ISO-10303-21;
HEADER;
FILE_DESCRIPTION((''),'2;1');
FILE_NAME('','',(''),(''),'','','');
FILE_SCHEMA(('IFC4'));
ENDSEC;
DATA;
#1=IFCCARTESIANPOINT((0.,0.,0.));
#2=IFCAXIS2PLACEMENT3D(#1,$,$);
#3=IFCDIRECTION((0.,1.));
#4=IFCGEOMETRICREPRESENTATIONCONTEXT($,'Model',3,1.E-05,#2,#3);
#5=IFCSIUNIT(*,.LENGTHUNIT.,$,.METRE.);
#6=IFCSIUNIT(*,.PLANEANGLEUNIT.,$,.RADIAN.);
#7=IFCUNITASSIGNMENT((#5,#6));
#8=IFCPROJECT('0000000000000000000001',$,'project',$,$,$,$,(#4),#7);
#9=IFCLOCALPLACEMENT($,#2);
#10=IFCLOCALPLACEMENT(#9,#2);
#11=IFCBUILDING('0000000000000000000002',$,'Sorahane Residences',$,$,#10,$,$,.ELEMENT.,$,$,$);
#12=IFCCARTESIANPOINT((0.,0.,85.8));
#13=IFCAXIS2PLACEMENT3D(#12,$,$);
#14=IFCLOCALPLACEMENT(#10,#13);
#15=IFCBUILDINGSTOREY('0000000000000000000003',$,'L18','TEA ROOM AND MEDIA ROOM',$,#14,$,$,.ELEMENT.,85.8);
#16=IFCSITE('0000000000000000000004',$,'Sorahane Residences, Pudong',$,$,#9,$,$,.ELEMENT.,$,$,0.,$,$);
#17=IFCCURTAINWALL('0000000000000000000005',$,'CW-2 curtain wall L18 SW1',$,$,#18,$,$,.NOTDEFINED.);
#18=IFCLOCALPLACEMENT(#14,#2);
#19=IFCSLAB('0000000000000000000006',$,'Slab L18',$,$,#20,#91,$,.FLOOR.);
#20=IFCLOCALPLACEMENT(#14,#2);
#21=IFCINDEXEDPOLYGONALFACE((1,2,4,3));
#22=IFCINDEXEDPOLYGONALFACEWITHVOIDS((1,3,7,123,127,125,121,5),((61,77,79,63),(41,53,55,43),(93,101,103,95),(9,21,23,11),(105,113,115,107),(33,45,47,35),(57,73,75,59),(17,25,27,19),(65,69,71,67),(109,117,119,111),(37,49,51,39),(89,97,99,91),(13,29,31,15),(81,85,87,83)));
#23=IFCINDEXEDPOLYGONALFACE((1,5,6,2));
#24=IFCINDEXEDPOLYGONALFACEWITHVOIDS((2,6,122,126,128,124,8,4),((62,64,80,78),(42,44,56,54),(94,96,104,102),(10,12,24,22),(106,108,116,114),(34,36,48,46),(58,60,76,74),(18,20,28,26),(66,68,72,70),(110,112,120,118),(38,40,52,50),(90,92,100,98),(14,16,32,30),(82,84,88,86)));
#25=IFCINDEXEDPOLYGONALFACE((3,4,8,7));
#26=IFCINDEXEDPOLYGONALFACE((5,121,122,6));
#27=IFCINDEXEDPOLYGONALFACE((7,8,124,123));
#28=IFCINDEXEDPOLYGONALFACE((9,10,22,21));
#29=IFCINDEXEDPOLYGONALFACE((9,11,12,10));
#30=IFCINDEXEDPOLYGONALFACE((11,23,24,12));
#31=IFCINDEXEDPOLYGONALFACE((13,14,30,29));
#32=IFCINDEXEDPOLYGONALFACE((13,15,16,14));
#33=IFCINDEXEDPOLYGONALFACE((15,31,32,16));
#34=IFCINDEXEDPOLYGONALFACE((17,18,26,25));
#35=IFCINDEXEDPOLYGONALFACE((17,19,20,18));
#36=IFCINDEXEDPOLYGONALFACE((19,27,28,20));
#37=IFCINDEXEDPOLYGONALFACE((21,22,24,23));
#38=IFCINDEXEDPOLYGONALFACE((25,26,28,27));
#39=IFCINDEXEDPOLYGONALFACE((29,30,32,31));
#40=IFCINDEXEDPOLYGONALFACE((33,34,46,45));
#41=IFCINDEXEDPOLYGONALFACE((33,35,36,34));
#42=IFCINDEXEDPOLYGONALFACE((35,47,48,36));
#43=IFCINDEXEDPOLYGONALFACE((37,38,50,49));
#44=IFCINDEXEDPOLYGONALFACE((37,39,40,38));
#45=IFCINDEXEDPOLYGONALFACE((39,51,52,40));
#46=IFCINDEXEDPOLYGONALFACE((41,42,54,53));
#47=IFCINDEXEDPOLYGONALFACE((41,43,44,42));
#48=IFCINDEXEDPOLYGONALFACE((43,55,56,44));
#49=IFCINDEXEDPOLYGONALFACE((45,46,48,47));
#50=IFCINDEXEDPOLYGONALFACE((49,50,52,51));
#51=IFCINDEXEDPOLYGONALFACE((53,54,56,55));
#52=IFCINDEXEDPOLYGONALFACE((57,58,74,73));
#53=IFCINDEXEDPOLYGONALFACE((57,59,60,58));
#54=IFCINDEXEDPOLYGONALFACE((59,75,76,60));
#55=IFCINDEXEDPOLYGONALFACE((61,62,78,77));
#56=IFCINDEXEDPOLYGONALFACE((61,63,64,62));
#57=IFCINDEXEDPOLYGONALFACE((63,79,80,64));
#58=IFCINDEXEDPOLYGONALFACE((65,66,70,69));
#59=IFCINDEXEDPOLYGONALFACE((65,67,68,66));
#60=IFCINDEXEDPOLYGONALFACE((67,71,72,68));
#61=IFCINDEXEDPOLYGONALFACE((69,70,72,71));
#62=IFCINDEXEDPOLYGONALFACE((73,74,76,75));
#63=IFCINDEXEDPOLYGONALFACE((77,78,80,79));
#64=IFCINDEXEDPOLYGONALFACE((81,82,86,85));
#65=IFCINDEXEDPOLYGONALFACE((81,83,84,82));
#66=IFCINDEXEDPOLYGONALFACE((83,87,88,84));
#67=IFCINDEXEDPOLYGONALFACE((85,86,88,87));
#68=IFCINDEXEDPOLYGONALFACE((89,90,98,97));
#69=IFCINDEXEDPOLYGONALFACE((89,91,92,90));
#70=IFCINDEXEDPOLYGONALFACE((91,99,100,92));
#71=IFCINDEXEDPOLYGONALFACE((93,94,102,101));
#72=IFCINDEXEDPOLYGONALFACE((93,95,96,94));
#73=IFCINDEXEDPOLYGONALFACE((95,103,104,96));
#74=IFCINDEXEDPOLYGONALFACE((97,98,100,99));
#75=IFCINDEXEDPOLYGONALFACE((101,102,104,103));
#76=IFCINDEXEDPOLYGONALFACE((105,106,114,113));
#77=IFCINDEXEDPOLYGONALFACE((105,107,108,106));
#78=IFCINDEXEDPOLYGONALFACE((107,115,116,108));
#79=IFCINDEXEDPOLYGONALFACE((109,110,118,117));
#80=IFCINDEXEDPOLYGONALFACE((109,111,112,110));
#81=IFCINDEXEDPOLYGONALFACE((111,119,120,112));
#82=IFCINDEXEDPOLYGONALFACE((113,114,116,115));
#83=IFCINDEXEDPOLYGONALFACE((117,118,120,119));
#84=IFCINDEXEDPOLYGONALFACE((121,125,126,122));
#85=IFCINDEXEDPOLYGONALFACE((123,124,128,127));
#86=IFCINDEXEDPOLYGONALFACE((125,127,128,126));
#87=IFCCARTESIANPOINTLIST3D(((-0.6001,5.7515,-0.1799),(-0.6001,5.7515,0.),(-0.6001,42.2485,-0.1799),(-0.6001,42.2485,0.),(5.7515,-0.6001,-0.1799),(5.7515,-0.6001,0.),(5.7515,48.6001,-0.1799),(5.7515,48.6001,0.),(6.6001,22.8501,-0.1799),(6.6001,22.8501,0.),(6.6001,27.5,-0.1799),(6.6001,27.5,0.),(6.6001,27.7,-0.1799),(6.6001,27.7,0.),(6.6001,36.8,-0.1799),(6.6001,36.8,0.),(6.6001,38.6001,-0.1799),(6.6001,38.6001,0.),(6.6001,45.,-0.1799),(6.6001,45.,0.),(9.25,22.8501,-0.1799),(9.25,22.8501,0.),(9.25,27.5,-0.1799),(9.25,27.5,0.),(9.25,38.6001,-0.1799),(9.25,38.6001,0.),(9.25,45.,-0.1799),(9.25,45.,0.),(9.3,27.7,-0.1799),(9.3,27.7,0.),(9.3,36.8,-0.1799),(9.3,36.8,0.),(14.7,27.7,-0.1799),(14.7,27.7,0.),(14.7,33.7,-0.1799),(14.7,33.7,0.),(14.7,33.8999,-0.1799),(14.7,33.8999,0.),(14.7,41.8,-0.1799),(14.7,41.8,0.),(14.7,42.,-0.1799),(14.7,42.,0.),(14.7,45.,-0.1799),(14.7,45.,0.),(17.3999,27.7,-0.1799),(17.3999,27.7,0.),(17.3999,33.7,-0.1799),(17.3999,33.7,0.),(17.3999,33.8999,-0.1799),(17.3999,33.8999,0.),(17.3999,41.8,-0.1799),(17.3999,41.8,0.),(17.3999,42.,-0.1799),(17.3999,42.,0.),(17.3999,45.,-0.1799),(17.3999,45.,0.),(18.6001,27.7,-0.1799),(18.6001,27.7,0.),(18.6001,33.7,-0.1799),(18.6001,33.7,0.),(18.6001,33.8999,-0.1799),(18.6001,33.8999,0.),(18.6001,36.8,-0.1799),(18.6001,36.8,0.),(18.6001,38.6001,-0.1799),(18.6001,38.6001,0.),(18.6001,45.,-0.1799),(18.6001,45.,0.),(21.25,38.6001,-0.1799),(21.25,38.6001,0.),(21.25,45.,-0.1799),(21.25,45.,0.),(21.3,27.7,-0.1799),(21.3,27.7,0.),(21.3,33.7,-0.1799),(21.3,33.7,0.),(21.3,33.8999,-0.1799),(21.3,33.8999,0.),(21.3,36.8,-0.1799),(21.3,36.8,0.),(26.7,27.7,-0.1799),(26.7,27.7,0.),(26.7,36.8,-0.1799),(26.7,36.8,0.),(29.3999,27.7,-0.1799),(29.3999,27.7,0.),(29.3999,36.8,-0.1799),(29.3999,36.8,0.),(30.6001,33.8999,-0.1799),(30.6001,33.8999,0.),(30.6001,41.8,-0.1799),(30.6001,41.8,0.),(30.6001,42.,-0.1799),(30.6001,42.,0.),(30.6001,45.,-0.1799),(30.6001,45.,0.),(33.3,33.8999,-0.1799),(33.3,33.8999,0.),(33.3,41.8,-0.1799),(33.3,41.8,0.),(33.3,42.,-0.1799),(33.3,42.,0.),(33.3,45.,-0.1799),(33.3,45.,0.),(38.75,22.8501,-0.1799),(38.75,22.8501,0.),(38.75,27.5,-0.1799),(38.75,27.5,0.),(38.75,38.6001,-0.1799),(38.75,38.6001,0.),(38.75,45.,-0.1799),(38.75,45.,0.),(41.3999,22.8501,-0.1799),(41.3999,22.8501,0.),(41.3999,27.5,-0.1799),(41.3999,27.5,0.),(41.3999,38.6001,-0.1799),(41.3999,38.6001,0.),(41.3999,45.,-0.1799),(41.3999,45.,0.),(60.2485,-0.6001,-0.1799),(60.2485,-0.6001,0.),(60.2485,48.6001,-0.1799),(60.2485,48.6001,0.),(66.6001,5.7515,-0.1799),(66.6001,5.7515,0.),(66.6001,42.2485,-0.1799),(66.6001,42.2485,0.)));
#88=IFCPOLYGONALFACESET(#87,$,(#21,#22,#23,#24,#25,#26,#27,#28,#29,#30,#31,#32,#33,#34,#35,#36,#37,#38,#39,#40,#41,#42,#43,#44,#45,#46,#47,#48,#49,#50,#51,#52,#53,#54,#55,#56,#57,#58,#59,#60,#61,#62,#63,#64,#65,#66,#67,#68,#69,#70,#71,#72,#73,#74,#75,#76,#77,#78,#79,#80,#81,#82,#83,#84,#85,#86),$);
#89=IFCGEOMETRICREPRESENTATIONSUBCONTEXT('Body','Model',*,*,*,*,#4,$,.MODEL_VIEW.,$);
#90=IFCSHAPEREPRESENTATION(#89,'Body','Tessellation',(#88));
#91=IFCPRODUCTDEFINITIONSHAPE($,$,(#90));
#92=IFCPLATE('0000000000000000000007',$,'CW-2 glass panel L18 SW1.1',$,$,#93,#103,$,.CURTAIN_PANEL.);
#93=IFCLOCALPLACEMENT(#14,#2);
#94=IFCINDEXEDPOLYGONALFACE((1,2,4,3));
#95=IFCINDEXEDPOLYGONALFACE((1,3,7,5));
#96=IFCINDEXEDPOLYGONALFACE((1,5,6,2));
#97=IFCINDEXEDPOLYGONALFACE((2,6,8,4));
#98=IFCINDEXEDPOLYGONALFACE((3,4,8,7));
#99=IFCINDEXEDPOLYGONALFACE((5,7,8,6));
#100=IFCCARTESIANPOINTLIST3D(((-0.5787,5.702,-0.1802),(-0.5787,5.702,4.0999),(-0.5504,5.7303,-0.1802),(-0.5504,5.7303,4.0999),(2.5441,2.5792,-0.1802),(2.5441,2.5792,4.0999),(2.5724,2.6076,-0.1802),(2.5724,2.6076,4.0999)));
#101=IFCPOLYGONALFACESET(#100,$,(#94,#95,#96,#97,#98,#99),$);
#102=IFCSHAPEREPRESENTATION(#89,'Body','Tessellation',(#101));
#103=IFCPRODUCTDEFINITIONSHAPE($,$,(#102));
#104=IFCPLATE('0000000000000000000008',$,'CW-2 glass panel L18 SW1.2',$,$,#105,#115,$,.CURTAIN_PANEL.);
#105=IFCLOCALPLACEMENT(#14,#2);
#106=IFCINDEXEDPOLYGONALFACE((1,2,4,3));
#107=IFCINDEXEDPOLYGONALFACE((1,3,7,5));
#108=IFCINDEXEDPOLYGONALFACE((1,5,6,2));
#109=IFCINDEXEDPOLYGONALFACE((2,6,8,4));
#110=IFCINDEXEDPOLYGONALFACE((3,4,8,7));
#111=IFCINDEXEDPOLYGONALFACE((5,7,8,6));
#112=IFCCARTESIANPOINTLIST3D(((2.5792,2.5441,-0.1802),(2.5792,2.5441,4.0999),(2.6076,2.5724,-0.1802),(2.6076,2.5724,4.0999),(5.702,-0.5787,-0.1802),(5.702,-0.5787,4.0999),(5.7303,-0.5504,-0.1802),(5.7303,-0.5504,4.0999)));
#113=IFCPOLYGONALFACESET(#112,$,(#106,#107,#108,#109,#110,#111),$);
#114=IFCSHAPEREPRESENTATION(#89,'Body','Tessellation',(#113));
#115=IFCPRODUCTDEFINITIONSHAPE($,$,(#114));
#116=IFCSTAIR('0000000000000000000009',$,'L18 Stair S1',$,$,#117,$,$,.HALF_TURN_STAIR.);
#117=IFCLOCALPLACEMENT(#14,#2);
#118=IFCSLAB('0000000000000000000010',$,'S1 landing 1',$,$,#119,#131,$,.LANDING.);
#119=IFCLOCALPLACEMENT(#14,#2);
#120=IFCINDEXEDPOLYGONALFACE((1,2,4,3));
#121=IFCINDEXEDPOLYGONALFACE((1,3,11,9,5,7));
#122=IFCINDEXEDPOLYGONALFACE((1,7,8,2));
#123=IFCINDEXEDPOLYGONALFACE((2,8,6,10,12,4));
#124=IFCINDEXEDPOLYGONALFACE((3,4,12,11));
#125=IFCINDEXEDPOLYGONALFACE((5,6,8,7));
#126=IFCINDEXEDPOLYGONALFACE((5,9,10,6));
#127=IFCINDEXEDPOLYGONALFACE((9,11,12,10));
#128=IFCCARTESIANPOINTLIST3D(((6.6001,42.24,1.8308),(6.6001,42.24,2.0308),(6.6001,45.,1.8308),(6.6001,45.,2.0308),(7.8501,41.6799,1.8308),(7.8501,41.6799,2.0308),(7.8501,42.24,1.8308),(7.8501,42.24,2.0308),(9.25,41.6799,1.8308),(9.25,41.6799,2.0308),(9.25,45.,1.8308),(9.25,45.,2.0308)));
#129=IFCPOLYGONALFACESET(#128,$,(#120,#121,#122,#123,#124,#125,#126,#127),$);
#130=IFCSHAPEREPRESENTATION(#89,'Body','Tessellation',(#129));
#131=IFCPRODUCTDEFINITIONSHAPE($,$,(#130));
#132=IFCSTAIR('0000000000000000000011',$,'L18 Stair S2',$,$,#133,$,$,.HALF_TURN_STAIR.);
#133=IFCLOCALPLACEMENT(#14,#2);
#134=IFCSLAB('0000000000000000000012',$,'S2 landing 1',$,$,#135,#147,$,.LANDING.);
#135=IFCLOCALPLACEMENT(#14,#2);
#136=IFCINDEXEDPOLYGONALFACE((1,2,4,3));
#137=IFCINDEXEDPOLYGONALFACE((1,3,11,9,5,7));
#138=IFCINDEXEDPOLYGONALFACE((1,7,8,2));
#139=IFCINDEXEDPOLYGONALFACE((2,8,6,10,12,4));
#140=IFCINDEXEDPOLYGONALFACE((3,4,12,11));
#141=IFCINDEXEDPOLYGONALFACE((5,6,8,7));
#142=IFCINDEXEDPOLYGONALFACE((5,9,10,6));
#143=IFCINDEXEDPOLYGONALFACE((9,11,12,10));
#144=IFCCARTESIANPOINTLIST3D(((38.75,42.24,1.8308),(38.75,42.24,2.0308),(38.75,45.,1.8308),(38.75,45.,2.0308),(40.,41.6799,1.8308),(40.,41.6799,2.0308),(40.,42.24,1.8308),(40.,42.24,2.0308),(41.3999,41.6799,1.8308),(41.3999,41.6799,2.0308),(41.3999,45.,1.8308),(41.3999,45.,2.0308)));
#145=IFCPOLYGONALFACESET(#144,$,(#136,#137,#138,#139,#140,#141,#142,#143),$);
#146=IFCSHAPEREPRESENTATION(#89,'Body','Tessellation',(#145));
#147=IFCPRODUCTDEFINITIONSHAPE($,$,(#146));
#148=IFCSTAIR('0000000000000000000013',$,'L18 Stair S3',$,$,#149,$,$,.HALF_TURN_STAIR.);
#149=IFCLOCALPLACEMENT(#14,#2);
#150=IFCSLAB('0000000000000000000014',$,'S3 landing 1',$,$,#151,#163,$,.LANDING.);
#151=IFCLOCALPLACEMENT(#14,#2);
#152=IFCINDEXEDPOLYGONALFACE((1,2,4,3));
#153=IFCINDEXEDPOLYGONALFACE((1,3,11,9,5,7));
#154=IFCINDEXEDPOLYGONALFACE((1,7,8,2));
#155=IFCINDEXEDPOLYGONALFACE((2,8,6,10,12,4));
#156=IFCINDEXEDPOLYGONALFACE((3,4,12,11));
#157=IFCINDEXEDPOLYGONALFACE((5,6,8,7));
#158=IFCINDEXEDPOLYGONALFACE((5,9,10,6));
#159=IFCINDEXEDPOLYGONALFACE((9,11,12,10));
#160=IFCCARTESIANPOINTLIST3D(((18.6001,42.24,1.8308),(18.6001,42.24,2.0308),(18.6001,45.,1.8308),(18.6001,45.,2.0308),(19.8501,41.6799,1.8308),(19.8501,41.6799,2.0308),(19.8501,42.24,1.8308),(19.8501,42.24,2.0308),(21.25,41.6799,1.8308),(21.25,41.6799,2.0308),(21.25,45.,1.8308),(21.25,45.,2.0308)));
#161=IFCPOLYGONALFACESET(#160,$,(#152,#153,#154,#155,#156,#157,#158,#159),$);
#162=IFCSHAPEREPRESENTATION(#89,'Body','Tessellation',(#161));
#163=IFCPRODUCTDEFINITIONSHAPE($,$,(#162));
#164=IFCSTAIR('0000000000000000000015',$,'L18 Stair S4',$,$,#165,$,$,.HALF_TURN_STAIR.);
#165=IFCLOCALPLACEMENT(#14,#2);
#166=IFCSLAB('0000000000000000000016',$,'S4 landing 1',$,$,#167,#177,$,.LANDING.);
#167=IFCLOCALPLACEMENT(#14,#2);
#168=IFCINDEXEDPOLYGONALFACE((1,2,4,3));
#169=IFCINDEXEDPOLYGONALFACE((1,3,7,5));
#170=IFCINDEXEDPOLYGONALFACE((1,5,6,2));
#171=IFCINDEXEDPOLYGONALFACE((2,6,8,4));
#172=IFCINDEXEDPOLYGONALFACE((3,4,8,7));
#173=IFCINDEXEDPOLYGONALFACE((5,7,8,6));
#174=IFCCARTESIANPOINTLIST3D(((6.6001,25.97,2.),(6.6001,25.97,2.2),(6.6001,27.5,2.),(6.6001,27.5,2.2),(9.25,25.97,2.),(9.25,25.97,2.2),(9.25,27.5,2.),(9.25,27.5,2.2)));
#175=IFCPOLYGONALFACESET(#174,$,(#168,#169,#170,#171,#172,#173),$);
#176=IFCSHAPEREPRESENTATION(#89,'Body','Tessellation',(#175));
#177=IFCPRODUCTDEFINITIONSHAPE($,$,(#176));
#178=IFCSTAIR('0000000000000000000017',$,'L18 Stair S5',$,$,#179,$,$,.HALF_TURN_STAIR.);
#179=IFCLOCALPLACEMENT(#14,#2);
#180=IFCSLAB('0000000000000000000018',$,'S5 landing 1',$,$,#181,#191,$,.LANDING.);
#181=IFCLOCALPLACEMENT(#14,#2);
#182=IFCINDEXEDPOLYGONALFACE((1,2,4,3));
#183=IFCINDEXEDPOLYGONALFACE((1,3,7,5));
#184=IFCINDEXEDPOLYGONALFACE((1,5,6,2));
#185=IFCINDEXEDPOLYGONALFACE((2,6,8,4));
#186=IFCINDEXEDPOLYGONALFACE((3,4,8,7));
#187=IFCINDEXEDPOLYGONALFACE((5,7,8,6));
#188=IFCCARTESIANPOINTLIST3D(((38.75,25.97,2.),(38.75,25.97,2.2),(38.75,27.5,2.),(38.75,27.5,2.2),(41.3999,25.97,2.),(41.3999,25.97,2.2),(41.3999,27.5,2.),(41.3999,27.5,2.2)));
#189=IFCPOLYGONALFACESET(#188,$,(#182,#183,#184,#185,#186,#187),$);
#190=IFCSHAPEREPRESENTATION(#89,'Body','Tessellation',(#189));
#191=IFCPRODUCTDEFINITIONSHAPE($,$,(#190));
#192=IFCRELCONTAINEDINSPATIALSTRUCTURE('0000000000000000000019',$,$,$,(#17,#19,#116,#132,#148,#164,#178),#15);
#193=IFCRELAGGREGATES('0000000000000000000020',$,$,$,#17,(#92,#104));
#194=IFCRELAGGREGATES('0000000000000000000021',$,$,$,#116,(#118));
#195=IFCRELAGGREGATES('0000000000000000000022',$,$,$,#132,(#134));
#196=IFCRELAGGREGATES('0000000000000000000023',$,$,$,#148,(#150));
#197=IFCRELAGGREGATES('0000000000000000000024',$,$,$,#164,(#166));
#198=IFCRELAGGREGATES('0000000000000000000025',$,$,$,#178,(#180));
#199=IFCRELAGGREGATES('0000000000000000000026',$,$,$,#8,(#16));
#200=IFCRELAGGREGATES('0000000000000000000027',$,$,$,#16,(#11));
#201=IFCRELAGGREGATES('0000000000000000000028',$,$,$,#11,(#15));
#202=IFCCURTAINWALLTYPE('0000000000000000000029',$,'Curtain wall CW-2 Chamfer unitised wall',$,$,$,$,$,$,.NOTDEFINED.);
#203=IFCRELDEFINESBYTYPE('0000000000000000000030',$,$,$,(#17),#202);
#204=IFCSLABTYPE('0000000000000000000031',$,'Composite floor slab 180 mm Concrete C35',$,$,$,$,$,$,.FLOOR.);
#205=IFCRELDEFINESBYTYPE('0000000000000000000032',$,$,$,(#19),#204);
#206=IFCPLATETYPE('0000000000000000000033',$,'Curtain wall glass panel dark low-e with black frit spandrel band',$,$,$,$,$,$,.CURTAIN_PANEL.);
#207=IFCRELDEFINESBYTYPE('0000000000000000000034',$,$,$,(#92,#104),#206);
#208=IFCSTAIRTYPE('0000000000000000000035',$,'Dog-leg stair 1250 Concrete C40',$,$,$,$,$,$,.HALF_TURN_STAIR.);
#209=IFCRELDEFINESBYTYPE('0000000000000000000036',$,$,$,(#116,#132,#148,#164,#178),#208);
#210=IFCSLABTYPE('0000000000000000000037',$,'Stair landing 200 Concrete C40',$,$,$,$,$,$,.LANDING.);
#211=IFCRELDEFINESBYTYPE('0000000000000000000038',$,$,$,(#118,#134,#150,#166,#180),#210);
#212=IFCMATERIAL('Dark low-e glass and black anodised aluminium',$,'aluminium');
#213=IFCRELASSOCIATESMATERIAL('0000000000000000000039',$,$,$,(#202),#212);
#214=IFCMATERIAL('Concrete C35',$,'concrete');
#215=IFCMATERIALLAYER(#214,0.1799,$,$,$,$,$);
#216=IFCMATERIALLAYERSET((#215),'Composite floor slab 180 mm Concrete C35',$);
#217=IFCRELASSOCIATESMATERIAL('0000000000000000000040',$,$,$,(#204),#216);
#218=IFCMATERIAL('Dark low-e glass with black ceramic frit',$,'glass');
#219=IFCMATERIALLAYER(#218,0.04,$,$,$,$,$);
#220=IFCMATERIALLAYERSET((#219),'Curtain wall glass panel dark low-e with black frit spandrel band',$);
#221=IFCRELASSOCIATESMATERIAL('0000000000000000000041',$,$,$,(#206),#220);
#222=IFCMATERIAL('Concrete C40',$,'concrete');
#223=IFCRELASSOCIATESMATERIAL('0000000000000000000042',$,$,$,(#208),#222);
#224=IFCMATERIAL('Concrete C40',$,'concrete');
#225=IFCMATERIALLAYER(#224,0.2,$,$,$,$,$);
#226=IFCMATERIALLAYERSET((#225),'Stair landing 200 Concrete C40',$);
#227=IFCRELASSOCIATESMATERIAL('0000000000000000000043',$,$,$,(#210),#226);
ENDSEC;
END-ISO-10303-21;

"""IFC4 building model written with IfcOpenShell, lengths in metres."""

from ifc_helpers import new_model, si_unit, direction, frame, origin, origin_2d, place, context, subcontext, project, spatial, polyline, rectangle, outline, extrude, material, layer, layer_set, type_object, element, aggregate, save


model = new_model("IFC4")

# Units and contexts
model_context = context("Model", 3, precision=1e-05, world=origin(), true_north=direction((0.0, 1.0)))
body_context = subcontext(model_context, "Body", "Model", "MODEL_VIEW")
ifc_project = project(units=[si_unit("LENGTHUNIT", "METRE"), si_unit("PLANEANGLEUNIT", "RADIAN")], contexts=[model_context])

# Site, building, storey
site_placement = place(None, origin())
site = spatial("IfcSite", under=ifc_project, at=site_placement, Name="Sorahane Residences, Pudong", CompositionType="ELEMENT", RefElevation=0.0)
building_placement = place(site_placement, origin())
building = spatial("IfcBuilding", under=site, at=building_placement, Name="Sorahane Residences", CompositionType="ELEMENT")
storey_placement = place(building_placement, frame((0.0, 0.0, 85.8)))
storey = spatial("IfcBuildingStorey", under=building, at=storey_placement, Name="L18", Description="TEA ROOM AND MEDIA ROOM", CompositionType="ELEMENT", Elevation=85.8)

# Curtain wall
ifc_material_1 = material(Name="Dark low-e glass and black anodised aluminium", Category="aluminium")
curtain_wall_type_1 = type_object("IfcCurtainWallType", Name="Curtain wall CW-2 Chamfer unitised wall", PredefinedType="NOTDEFINED", material=ifc_material_1)
curtain_wall_1_placement = place(storey_placement, origin())
curtain_wall_1 = element("IfcCurtainWall", 1, at=curtain_wall_1_placement, inside=storey, type_object=curtain_wall_type_1, Name="CW-2 curtain wall L18 SW1", PredefinedType="NOTDEFINED")

# Slab
ifc_material_2 = material(Name="Concrete C35", Category="concrete")
ifc_layer_1 = layer(ifc_material_2, 0.1799)
ifc_layer_set_1 = layer_set([ifc_layer_1], Name="Composite floor slab 180 mm Concrete C35")
slab_type_1 = type_object("IfcSlabType", Name="Composite floor slab 180 mm Concrete C35", PredefinedType="FLOOR", material=ifc_layer_set_1)
slab_1_placement = place(storey_placement, frame((0.0, 0.0, -0.1799)))
element("IfcSlab", 2, at=slab_1_placement, inside=storey, type_object=slab_type_1, Name="Slab L18", PredefinedType="FLOOR", context=body_context, shape_type="SweptSolid", body=[
    extrude(outline(polyline([(5.7515, -0.6001), (-0.6001, 5.7515), (-0.6001, 42.2485), (5.7515, 48.6001), (60.2485, 48.6001), (66.6001, 42.2485), (66.6001, 5.7515), (60.2485, -0.6001), (5.7515, -0.6001)]), holes=[polyline([(18.6001, 27.7), (21.3, 27.7), (21.3, 33.7), (18.6001, 33.7), (18.6001, 27.7)]), polyline([(30.6001, 42.0), (33.3, 42.0), (33.3, 45.0), (30.6001, 45.0), (30.6001, 42.0)]), polyline([(14.7, 27.7), (17.3999, 27.7), (17.3999, 33.7), (14.7, 33.7), (14.7, 27.7)]), polyline([(14.7, 42.0), (17.3999, 42.0), (17.3999, 45.0), (14.7, 45.0), (14.7, 42.0)]), polyline([(6.6001, 27.7), (9.3, 27.7), (9.3, 36.8), (6.6001, 36.8), (6.6001, 27.7)]), polyline([(9.25, 38.6001), (9.25, 45.0), (6.6001, 45.0), (6.6001, 38.6001), (9.25, 38.6001)]), polyline([(41.3999, 38.6001), (41.3999, 45.0), (38.75, 45.0), (38.75, 38.6001), (41.3999, 38.6001)]), polyline([(21.25, 38.6001), (21.25, 45.0), (18.6001, 45.0), (18.6001, 38.6001), (21.25, 38.6001)]), polyline([(9.25, 22.8501), (9.25, 27.5), (6.6001, 27.5), (6.6001, 22.8501), (9.25, 22.8501)]), polyline([(41.3999, 22.8501), (41.3999, 27.5), (38.75, 27.5), (38.75, 22.8501), (41.3999, 22.8501)]), polyline([(14.7, 33.8999), (17.3999, 33.8999), (17.3999, 41.8), (14.7, 41.8), (14.7, 33.8999)]), polyline([(30.6001, 33.8999), (33.3, 33.8999), (33.3, 41.8), (30.6001, 41.8), (30.6001, 33.8999)]), polyline([(18.6001, 33.8999), (21.3, 33.8999), (21.3, 36.8), (18.6001, 36.8), (18.6001, 33.8999)]), polyline([(26.7, 27.7), (29.3999, 27.7), (29.3999, 36.8), (26.7, 36.8), (26.7, 27.7)])]), origin(), (0.0, 0.0, 1.0), 0.1799),
])

# Plates
ifc_material_3 = material(Name="Dark low-e glass with black ceramic frit", Category="glass")
ifc_layer_2 = layer(ifc_material_3, 0.04)
ifc_layer_set_2 = layer_set([ifc_layer_2], Name="Curtain wall glass panel dark low-e with black frit spandrel band")
plate_type = type_object("IfcPlateType", Name="Curtain wall glass panel dark low-e with black frit spandrel band", PredefinedType="CURTAIN_PANEL", material=ifc_layer_set_2)
plate_1_placement = place(storey_placement, frame((0.9968, 4.1548, -0.1802), z_axis=(0.0, 0.0, 1.0), x_axis=(0.707107, -0.707107, 0.0)))
plate_1 = element("IfcPlate", 3, at=plate_1_placement, type_object=plate_type, Name="CW-2 glass panel L18 SW1.1", PredefinedType="CURTAIN_PANEL", context=body_context, shape_type="SweptSolid", body=[
    extrude(rectangle(XDim=4.4163, YDim=0.04, at=origin_2d()), origin(), (0.0, 0.0, 1.0), 4.28),
])
plate_2_placement = place(storey_placement, frame((4.1548, 0.9968, -0.1802), z_axis=(0.0, 0.0, 1.0), x_axis=(0.707107, -0.707107, 0.0)))
plate_2 = element("IfcPlate", 4, at=plate_2_placement, type_object=plate_type, Name="CW-2 glass panel L18 SW1.2", PredefinedType="CURTAIN_PANEL", context=body_context, shape_type="SweptSolid", body=[
    extrude(rectangle(XDim=4.4163, YDim=0.04, at=origin_2d()), origin(), (0.0, 0.0, 1.0), 4.28),
])
aggregate(curtain_wall_1, [plate_1, plate_2])

# Stairs, slabs
ifc_material_4 = material(Name="Concrete C40", Category="concrete")
stair_type = type_object("IfcStairType", Name="Dog-leg stair 1250 Concrete C40", PredefinedType="HALF_TURN_STAIR", material=ifc_material_4)
stair_1_placement = place(storey_placement, origin())
stair_1 = element("IfcStair", 5, at=stair_1_placement, inside=storey, type_object=stair_type, Name="L18 Stair S1", PredefinedType="HALF_TURN_STAIR")
ifc_material_5 = material(Name="Concrete C40", Category="concrete")
ifc_layer_3 = layer(ifc_material_5, 0.2)
ifc_layer_set_3 = layer_set([ifc_layer_3], Name="Stair landing 200 Concrete C40")
slab_type_2 = type_object("IfcSlabType", Name="Stair landing 200 Concrete C40", PredefinedType="LANDING", material=ifc_layer_set_3)
slab_2_placement = place(storey_placement, frame((0.0, 0.0, 1.8308)))
slab_2 = element("IfcSlab", 6, at=slab_2_placement, type_object=slab_type_2, Name="S1 landing 1", PredefinedType="LANDING", context=body_context, shape_type="SweptSolid", body=[
    extrude(outline(polyline([(9.25, 41.6799), (9.25, 45.0), (6.6001, 45.0), (6.6001, 42.24), (7.8501, 42.24), (7.8501, 41.6799), (9.25, 41.6799)])), origin(), (0.0, 0.0, 1.0), 0.2),
])
aggregate(stair_1, [slab_2])
stair_2_placement = place(storey_placement, origin())
stair_2 = element("IfcStair", 7, at=stair_2_placement, inside=storey, type_object=stair_type, Name="L18 Stair S2", PredefinedType="HALF_TURN_STAIR")
slab_3_placement = place(storey_placement, frame((0.0, 0.0, 1.8308)))
slab_3 = element("IfcSlab", 8, at=slab_3_placement, type_object=slab_type_2, Name="S2 landing 1", PredefinedType="LANDING", context=body_context, shape_type="SweptSolid", body=[
    extrude(outline(polyline([(41.3999, 41.6799), (41.3999, 45.0), (38.75, 45.0), (38.75, 42.24), (40.0, 42.24), (40.0, 41.6799), (41.3999, 41.6799)])), origin(), (0.0, 0.0, 1.0), 0.2),
])
aggregate(stair_2, [slab_3])
stair_3_placement = place(storey_placement, origin())
stair_3 = element("IfcStair", 9, at=stair_3_placement, inside=storey, type_object=stair_type, Name="L18 Stair S3", PredefinedType="HALF_TURN_STAIR")
slab_4_placement = place(storey_placement, frame((0.0, 0.0, 1.8308)))
slab_4 = element("IfcSlab", 10, at=slab_4_placement, type_object=slab_type_2, Name="S3 landing 1", PredefinedType="LANDING", context=body_context, shape_type="SweptSolid", body=[
    extrude(outline(polyline([(21.25, 41.6799), (21.25, 45.0), (18.6001, 45.0), (18.6001, 42.24), (19.8501, 42.24), (19.8501, 41.6799), (21.25, 41.6799)])), origin(), (0.0, 0.0, 1.0), 0.2),
])
aggregate(stair_3, [slab_4])
stair_4_placement = place(storey_placement, origin())
stair_4 = element("IfcStair", 11, at=stair_4_placement, inside=storey, type_object=stair_type, Name="L18 Stair S4", PredefinedType="HALF_TURN_STAIR")
slab_5_placement = place(storey_placement, frame((0.0, 0.0, 2.0)))
slab_5 = element("IfcSlab", 12, at=slab_5_placement, type_object=slab_type_2, Name="S4 landing 1", PredefinedType="LANDING", context=body_context, shape_type="SweptSolid", body=[
    extrude(outline(polyline([(9.25, 25.97), (9.25, 27.5), (6.6001, 27.5), (6.6001, 25.97), (9.25, 25.97)])), origin(), (0.0, 0.0, 1.0), 0.2),
])
aggregate(stair_4, [slab_5])
stair_5_placement = place(storey_placement, origin())
stair_5 = element("IfcStair", 13, at=stair_5_placement, inside=storey, type_object=stair_type, Name="L18 Stair S5", PredefinedType="HALF_TURN_STAIR")
slab_6_placement = place(storey_placement, frame((0.0, 0.0, 2.0)))
slab_6 = element("IfcSlab", 14, at=slab_6_placement, type_object=slab_type_2, Name="S5 landing 1", PredefinedType="LANDING", context=body_context, shape_type="SweptSolid", body=[
    extrude(outline(polyline([(41.3999, 25.97), (41.3999, 27.5), (38.75, 27.5), (38.75, 25.97), (41.3999, 25.97)])), origin(), (0.0, 0.0, 1.0), 0.2),
])
aggregate(stair_5, [slab_6])

save(model, "model.ifc")
